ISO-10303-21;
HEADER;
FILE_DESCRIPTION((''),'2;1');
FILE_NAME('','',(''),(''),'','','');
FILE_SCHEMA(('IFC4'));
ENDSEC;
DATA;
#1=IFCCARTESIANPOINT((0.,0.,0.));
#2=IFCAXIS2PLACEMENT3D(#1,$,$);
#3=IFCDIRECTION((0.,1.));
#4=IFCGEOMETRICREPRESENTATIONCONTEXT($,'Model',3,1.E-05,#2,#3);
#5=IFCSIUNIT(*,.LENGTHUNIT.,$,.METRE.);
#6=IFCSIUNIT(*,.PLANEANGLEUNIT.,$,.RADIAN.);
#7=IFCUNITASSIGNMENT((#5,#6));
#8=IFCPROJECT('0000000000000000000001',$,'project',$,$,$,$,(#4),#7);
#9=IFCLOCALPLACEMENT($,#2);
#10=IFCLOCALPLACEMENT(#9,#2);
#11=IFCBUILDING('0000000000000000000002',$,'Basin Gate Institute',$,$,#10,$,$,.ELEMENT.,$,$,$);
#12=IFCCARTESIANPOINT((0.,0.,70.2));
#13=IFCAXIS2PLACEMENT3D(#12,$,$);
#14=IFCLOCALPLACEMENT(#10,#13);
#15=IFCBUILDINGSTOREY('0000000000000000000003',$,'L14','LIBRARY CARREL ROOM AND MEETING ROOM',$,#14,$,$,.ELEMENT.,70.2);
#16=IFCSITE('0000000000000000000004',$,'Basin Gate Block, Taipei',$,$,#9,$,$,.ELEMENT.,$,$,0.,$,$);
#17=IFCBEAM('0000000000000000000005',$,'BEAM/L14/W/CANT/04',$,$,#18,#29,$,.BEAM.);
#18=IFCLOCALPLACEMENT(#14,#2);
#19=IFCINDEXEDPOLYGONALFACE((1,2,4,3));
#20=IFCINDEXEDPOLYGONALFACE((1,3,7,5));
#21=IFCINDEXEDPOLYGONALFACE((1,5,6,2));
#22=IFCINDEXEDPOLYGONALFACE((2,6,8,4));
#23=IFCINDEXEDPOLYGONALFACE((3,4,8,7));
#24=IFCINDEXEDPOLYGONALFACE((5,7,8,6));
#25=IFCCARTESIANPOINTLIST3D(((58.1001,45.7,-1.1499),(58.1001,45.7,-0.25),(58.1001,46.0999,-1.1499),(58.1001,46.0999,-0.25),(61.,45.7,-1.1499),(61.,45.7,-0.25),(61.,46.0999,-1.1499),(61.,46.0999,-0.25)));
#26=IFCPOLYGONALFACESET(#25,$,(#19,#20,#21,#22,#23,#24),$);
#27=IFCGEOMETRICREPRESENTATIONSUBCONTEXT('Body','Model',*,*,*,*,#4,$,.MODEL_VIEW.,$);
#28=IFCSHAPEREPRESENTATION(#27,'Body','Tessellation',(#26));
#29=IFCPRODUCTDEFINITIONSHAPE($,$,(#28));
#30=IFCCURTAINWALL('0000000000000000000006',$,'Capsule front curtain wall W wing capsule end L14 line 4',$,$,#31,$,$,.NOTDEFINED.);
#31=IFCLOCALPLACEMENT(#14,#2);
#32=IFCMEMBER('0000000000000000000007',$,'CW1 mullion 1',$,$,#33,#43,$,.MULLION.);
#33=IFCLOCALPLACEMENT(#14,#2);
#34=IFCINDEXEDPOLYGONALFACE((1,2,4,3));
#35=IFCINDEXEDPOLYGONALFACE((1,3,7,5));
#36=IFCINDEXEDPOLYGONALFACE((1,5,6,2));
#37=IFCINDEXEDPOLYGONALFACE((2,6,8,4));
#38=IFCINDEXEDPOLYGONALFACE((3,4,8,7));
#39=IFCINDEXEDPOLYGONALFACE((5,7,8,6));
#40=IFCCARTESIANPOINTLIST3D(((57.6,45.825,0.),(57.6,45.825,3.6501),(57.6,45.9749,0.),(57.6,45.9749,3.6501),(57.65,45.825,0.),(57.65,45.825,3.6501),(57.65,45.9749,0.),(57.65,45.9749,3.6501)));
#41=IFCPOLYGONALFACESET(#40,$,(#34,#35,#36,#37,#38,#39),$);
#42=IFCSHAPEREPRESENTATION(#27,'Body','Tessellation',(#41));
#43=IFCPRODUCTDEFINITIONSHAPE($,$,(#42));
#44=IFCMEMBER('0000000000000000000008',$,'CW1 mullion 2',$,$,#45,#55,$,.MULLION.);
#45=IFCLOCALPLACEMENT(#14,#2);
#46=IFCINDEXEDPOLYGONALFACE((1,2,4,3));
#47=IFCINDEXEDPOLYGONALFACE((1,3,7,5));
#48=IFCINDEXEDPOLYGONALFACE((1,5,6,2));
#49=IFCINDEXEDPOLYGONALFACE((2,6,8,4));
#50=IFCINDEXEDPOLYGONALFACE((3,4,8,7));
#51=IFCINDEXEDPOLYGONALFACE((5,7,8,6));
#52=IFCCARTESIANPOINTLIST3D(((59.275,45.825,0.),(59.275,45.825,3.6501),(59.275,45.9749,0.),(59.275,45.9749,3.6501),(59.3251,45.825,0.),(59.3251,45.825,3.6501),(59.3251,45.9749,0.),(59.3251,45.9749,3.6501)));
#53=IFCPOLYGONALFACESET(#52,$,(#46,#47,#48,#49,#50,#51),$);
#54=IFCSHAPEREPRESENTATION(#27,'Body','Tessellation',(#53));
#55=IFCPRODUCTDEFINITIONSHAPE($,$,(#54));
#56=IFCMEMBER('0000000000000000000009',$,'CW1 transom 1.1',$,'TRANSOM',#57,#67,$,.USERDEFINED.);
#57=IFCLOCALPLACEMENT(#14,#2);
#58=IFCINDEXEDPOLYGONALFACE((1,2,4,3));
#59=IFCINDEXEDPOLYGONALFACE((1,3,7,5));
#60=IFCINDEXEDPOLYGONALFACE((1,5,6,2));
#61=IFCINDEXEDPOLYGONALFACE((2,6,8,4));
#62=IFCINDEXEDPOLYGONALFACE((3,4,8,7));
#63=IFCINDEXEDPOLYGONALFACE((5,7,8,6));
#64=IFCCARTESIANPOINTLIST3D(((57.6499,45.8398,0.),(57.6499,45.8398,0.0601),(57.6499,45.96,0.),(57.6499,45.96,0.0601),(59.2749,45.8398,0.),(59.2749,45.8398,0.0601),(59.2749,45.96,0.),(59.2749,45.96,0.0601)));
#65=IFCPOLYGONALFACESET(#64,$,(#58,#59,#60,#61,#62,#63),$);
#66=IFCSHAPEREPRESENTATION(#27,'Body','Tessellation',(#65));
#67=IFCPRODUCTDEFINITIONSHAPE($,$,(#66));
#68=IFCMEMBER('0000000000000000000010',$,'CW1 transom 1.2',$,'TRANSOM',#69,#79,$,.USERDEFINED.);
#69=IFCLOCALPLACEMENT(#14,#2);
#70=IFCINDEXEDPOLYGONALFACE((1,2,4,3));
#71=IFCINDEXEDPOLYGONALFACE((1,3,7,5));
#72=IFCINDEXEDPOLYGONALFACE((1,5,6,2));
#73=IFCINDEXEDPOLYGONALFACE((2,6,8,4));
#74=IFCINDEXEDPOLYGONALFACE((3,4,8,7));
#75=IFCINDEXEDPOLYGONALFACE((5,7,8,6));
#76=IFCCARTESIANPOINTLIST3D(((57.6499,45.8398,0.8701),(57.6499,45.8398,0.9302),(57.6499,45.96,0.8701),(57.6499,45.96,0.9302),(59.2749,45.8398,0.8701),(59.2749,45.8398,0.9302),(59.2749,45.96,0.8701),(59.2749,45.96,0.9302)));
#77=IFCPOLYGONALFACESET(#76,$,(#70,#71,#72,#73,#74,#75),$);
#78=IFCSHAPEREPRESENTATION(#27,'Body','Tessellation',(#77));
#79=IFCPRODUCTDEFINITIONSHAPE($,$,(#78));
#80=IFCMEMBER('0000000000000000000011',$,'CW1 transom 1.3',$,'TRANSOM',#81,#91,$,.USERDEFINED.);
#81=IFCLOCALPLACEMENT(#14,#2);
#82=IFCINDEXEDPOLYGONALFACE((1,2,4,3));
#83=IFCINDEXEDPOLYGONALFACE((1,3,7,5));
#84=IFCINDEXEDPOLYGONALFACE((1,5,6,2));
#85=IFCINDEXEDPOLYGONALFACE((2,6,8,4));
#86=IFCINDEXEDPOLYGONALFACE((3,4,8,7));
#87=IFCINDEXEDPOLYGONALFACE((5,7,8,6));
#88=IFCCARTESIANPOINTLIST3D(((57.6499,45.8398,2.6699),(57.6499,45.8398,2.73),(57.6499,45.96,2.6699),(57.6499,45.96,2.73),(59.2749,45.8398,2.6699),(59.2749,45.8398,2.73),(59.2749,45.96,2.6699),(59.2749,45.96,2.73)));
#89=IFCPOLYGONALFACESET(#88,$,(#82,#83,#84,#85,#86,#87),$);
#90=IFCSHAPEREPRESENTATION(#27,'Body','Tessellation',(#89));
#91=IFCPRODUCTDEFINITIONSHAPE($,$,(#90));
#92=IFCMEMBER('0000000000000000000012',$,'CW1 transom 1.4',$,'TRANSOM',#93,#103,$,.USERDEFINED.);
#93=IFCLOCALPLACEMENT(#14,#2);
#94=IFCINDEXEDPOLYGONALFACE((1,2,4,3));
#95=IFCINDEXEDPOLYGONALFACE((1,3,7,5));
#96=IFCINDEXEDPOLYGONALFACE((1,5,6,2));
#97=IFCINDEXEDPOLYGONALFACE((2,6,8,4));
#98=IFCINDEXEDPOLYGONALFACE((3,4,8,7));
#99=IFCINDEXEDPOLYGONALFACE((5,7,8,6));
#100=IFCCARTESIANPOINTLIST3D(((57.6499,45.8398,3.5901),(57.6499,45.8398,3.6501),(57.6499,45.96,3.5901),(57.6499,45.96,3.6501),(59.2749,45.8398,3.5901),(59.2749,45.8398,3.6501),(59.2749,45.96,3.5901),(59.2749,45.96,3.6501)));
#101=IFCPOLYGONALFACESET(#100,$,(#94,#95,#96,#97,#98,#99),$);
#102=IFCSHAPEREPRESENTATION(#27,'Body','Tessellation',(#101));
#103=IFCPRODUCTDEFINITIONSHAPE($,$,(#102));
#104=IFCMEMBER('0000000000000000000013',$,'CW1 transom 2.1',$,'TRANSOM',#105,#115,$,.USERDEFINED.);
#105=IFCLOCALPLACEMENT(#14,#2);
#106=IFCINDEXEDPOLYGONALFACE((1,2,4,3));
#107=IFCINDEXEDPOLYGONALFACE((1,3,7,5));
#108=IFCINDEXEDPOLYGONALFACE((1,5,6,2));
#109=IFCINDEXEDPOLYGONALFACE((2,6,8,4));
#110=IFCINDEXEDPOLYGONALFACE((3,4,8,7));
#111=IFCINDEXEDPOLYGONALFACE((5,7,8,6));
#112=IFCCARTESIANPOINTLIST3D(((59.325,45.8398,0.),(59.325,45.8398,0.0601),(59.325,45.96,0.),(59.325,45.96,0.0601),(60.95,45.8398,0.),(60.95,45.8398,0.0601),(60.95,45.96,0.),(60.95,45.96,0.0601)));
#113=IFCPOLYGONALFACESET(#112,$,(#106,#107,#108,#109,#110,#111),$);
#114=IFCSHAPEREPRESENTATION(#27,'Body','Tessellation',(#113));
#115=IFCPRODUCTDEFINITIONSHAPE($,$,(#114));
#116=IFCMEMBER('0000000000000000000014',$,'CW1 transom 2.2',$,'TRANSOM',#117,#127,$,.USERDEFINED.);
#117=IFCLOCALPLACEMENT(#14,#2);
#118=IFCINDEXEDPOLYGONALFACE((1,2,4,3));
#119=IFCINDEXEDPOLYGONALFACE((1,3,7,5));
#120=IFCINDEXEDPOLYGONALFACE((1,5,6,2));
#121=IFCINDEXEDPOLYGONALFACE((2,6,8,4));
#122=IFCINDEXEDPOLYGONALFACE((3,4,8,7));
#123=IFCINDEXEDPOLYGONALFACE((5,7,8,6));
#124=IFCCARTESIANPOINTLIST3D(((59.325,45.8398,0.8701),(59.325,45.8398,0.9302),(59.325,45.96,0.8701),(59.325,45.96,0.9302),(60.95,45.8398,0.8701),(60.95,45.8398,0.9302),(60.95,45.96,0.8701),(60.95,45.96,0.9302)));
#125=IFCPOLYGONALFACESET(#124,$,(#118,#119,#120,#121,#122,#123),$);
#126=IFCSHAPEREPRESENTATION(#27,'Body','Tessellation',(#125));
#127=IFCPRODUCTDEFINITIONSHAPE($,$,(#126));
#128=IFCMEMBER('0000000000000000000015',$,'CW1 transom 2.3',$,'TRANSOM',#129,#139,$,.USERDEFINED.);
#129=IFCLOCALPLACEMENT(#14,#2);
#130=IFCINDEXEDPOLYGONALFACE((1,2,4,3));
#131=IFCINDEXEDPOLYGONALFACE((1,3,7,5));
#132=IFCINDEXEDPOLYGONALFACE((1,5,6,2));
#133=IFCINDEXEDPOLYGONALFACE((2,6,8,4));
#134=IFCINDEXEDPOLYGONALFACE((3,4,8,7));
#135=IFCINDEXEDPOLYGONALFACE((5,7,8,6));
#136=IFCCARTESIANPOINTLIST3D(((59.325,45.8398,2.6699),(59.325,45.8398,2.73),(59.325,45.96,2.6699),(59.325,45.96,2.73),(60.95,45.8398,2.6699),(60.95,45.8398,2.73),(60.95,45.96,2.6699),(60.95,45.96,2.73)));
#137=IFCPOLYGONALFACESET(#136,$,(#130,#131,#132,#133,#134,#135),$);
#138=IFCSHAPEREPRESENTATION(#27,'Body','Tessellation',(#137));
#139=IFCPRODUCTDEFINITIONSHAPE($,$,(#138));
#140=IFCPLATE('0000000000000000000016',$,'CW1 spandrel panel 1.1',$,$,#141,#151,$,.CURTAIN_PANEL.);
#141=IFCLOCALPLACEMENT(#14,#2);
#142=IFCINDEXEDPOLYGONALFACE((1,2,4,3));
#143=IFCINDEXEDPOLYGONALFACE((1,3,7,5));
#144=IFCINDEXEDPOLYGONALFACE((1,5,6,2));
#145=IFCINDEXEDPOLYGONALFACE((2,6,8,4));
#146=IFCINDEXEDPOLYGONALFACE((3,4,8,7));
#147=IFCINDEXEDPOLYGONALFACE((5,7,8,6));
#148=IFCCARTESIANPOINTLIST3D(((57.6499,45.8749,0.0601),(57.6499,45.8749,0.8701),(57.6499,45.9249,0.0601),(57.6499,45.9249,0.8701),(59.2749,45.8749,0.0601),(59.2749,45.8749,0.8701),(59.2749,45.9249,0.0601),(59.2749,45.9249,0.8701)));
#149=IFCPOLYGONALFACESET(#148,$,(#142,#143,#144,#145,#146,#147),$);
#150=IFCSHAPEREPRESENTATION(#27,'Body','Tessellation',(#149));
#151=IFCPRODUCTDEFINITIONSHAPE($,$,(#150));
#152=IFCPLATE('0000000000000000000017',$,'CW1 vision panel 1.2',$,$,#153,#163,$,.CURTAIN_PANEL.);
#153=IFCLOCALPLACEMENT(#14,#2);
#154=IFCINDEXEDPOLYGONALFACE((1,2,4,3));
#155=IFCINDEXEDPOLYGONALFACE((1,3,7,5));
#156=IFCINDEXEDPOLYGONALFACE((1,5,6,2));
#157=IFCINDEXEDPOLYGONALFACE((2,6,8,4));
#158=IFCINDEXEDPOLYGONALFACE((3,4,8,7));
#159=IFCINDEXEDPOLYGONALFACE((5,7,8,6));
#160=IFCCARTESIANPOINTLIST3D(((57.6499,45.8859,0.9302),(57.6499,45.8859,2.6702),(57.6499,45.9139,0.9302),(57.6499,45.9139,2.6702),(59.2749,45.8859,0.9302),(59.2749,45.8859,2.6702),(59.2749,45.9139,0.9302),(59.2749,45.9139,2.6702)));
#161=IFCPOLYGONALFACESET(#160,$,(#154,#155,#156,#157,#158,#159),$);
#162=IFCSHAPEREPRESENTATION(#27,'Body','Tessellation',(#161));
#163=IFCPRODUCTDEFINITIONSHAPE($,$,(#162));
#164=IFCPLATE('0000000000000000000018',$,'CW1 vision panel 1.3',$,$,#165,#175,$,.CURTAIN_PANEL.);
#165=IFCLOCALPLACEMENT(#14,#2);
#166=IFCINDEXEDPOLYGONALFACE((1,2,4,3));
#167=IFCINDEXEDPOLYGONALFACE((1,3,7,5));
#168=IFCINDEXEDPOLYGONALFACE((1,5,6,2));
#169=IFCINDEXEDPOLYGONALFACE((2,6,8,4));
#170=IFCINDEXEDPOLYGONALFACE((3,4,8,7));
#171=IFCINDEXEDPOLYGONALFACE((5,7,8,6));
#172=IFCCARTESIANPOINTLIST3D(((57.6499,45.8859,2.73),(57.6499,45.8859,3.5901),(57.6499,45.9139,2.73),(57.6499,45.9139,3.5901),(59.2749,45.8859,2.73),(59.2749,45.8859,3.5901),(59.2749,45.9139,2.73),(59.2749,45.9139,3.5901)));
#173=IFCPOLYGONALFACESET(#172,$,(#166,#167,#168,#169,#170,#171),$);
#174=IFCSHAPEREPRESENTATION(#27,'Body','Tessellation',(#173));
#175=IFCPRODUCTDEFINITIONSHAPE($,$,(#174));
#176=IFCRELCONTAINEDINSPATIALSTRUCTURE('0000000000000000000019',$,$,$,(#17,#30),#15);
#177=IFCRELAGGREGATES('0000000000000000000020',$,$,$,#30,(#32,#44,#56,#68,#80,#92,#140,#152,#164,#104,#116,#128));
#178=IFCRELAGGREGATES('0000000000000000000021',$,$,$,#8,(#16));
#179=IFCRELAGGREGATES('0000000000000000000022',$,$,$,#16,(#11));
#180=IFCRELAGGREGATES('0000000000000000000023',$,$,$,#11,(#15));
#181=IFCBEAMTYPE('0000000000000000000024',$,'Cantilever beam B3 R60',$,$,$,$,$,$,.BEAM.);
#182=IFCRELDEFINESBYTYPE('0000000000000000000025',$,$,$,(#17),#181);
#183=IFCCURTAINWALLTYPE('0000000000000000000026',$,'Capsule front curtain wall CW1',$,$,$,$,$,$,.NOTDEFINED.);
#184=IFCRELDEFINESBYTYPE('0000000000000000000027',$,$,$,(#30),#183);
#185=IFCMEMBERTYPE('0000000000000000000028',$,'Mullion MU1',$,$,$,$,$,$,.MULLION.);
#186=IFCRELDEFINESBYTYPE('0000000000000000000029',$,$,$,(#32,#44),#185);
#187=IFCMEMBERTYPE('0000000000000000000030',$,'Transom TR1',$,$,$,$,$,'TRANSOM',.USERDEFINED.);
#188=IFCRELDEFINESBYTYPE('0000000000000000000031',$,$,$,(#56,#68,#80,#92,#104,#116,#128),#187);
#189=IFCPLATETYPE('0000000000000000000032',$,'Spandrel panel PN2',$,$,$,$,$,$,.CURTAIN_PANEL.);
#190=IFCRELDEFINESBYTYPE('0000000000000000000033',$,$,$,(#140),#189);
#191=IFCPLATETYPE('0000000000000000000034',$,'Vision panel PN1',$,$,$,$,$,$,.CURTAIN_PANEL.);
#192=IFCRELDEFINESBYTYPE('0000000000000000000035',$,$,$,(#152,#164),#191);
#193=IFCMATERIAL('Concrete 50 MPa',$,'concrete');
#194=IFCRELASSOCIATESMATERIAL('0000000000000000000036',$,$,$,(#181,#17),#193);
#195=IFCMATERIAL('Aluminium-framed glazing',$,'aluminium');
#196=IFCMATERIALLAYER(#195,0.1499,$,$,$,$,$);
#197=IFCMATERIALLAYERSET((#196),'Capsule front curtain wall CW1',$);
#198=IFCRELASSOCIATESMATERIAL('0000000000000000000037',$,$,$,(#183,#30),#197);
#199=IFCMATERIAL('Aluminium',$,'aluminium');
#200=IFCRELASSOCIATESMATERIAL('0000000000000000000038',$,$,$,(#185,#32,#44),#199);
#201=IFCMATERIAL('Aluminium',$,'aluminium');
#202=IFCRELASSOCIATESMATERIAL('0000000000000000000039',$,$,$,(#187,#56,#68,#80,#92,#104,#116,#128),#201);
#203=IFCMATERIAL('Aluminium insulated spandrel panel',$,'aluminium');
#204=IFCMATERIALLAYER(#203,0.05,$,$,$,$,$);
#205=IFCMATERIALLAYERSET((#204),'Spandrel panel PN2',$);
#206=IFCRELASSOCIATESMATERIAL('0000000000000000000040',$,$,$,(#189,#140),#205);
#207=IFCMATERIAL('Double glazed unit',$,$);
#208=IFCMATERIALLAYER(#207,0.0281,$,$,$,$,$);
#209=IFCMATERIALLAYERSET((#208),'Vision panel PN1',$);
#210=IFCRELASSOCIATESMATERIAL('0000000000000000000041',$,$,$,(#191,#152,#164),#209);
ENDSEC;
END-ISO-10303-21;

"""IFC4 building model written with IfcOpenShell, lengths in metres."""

from ifc_helpers import new_model, si_unit, direction, frame, origin, origin_2d, place, context, subcontext, project, spatial, rectangle, extrude, material, layer, layer_set, material_profile, profile_set, type_object, element, aggregate, save


model = new_model("IFC4")

# Units and contexts
model_context = context("Model", 3, precision=1e-05, world=origin(), true_north=direction((0.0, 1.0)))
body_context = subcontext(model_context, "Body", "Model", "MODEL_VIEW")
ifc_project = project(units=[si_unit("LENGTHUNIT", "METRE"), si_unit("PLANEANGLEUNIT", "RADIAN")], contexts=[model_context])

# Site, building, storey
site_placement = place(None, origin())
site = spatial("IfcSite", under=ifc_project, at=site_placement, Name="Basin Gate Block, Taipei", CompositionType="ELEMENT", RefElevation=0.0)
building_placement = place(site_placement, origin())
building = spatial("IfcBuilding", under=site, at=building_placement, Name="Basin Gate Institute", CompositionType="ELEMENT")
storey_placement = place(building_placement, frame((0.0, 0.0, 70.2)))
storey = spatial("IfcBuildingStorey", under=building, at=storey_placement, Name="L14", Description="LIBRARY CARREL ROOM AND MEETING ROOM", CompositionType="ELEMENT", Elevation=70.2)

# Beam
ifc_material_1 = material(Name="Concrete 50 MPa", Category="concrete")
ifc_material_profile_1 = material_profile(ifc_material_1, rectangle(XDim=0.3999, YDim=0.8999, at=origin_2d()), Name="Cantilever beam B3 400 x 900")
ifc_profile_set_1 = profile_set([ifc_material_profile_1], Name="Concrete 50 MPa")
beam_type = type_object("IfcBeamType", Name="Cantilever beam B3 R60", PredefinedType="BEAM", material=ifc_profile_set_1)
beam_placement = place(storey_placement, frame((58.1001, 45.8999, -0.7), z_axis=(1.0, 0.0, 0.0), x_axis=(0.0, 1.0, 0.0)))
element("IfcBeam", 1, at=beam_placement, inside=storey, type_object=beam_type, material=ifc_profile_set_1, Name="BEAM/L14/W/CANT/04", PredefinedType="BEAM", context=body_context, shape_type="SweptSolid", body=[
    extrude(rectangle(XDim=0.3999, YDim=0.8999, at=origin_2d()), origin(), (0.0, 0.0, 1.0), 2.8999),
])

# Curtain wall, members, plates
ifc_material_2 = material(Name="Aluminium-framed glazing", Category="aluminium")
ifc_layer_1 = layer(ifc_material_2, 0.1499)
ifc_layer_set_1 = layer_set([ifc_layer_1], Name="Capsule front curtain wall CW1")
curtain_wall_type = type_object("IfcCurtainWallType", Name="Capsule front curtain wall CW1", PredefinedType="NOTDEFINED", material=ifc_layer_set_1)
curtain_wall_placement = place(storey_placement, origin())
curtain_wall = element("IfcCurtainWall", 2, at=curtain_wall_placement, inside=storey, type_object=curtain_wall_type, material=ifc_layer_set_1, Name="Capsule front curtain wall W wing capsule end L14 line 4", PredefinedType="NOTDEFINED")
ifc_material_3 = material(Name="Aluminium", Category="aluminium")
ifc_material_profile_2 = material_profile(ifc_material_3, rectangle(XDim=0.1499, YDim=0.05, at=origin_2d()), Name="Mullion MU1 150 x 50")
ifc_profile_set_2 = profile_set([ifc_material_profile_2], Name="Aluminium")
member_type_1 = type_object("IfcMemberType", Name="Mullion MU1", PredefinedType="MULLION", material=ifc_profile_set_2)
member_1_placement = place(storey_placement, frame((57.625, 45.8999, 0.0), z_axis=(0.0, 0.0, 1.0), x_axis=(0.0, 1.0, 0.0)))
member_1 = element("IfcMember", 3, at=member_1_placement, type_object=member_type_1, material=ifc_profile_set_2, Name="CW1 mullion 1", PredefinedType="MULLION", context=body_context, shape_type="SweptSolid", body=[
    extrude(rectangle(XDim=0.1499, YDim=0.05, at=origin_2d()), origin(), (0.0, 0.0, 1.0), 3.6501),
])
member_2_placement = place(storey_placement, frame((59.3, 45.8999, 0.0), z_axis=(0.0, 0.0, 1.0), x_axis=(0.0, 1.0, 0.0)))
member_2 = element("IfcMember", 4, at=member_2_placement, type_object=member_type_1, material=ifc_profile_set_2, Name="CW1 mullion 2", PredefinedType="MULLION", context=body_context, shape_type="SweptSolid", body=[
    extrude(rectangle(XDim=0.1499, YDim=0.05, at=origin_2d()), origin(), (0.0, 0.0, 1.0), 3.6501),
])
ifc_material_4 = material(Name="Aluminium", Category="aluminium")
ifc_material_profile_3 = material_profile(ifc_material_4, rectangle(XDim=0.1201, YDim=0.0601, at=origin_2d()), Name="Transom TR1 120 x 60")
ifc_profile_set_3 = profile_set([ifc_material_profile_3], Name="Aluminium")
member_type_2 = type_object("IfcMemberType", Name="Transom TR1", ElementType="TRANSOM", PredefinedType="USERDEFINED", material=ifc_profile_set_3)
member_3_placement = place(storey_placement, frame((57.6499, 45.8999, 0.03), z_axis=(1.0, 0.0, 0.0), x_axis=(0.0, 1.0, 0.0)))
member_3 = element("IfcMember", 5, at=member_3_placement, type_object=member_type_2, material=ifc_profile_set_3, Name="CW1 transom 1.1", ObjectType="TRANSOM", PredefinedType="USERDEFINED", context=body_context, shape_type="SweptSolid", body=[
    extrude(rectangle(XDim=0.1201, YDim=0.0601, at=origin_2d()), origin(), (0.0, 0.0, 1.0), 1.625),
])
member_4_placement = place(storey_placement, frame((57.6499, 45.8999, 0.9001), z_axis=(1.0, 0.0, 0.0), x_axis=(0.0, 1.0, 0.0)))
member_4 = element("IfcMember", 6, at=member_4_placement, type_object=member_type_2, material=ifc_profile_set_3, Name="CW1 transom 1.2", ObjectType="TRANSOM", PredefinedType="USERDEFINED", context=body_context, shape_type="SweptSolid", body=[
    extrude(rectangle(XDim=0.1201, YDim=0.0601, at=origin_2d()), origin(), (0.0, 0.0, 1.0), 1.625),
])
member_5_placement = place(storey_placement, frame((57.6499, 45.8999, 2.7), z_axis=(1.0, 0.0, 0.0), x_axis=(0.0, 1.0, 0.0)))
member_5 = element("IfcMember", 7, at=member_5_placement, type_object=member_type_2, material=ifc_profile_set_3, Name="CW1 transom 1.3", ObjectType="TRANSOM", PredefinedType="USERDEFINED", context=body_context, shape_type="SweptSolid", body=[
    extrude(rectangle(XDim=0.1201, YDim=0.0601, at=origin_2d()), origin(), (0.0, 0.0, 1.0), 1.625),
])
member_6_placement = place(storey_placement, frame((57.6499, 45.8999, 3.6201), z_axis=(1.0, 0.0, 0.0), x_axis=(0.0, 1.0, 0.0)))
member_6 = element("IfcMember", 8, at=member_6_placement, type_object=member_type_2, material=ifc_profile_set_3, Name="CW1 transom 1.4", ObjectType="TRANSOM", PredefinedType="USERDEFINED", context=body_context, shape_type="SweptSolid", body=[
    extrude(rectangle(XDim=0.1201, YDim=0.0601, at=origin_2d()), origin(), (0.0, 0.0, 1.0), 1.625),
])
member_7_placement = place(storey_placement, frame((59.325, 45.8999, 0.03), z_axis=(1.0, 0.0, 0.0), x_axis=(0.0, 1.0, 0.0)))
member_7 = element("IfcMember", 9, at=member_7_placement, type_object=member_type_2, material=ifc_profile_set_3, Name="CW1 transom 2.1", ObjectType="TRANSOM", PredefinedType="USERDEFINED", context=body_context, shape_type="SweptSolid", body=[
    extrude(rectangle(XDim=0.1201, YDim=0.0601, at=origin_2d()), origin(), (0.0, 0.0, 1.0), 1.625),
])
member_8_placement = place(storey_placement, frame((59.325, 45.8999, 0.9001), z_axis=(1.0, 0.0, 0.0), x_axis=(0.0, 1.0, 0.0)))
member_8 = element("IfcMember", 10, at=member_8_placement, type_object=member_type_2, material=ifc_profile_set_3, Name="CW1 transom 2.2", ObjectType="TRANSOM", PredefinedType="USERDEFINED", context=body_context, shape_type="SweptSolid", body=[
    extrude(rectangle(XDim=0.1201, YDim=0.0601, at=origin_2d()), origin(), (0.0, 0.0, 1.0), 1.625),
])
member_9_placement = place(storey_placement, frame((59.325, 45.8999, 2.7), z_axis=(1.0, 0.0, 0.0), x_axis=(0.0, 1.0, 0.0)))
member_9 = element("IfcMember", 11, at=member_9_placement, type_object=member_type_2, material=ifc_profile_set_3, Name="CW1 transom 2.3", ObjectType="TRANSOM", PredefinedType="USERDEFINED", context=body_context, shape_type="SweptSolid", body=[
    extrude(rectangle(XDim=0.1201, YDim=0.0601, at=origin_2d()), origin(), (0.0, 0.0, 1.0), 1.625),
])
ifc_material_5 = material(Name="Aluminium insulated spandrel panel", Category="aluminium")
ifc_layer_2 = layer(ifc_material_5, 0.05)
ifc_layer_set_2 = layer_set([ifc_layer_2], Name="Spandrel panel PN2")
plate_type_1 = type_object("IfcPlateType", Name="Spandrel panel PN2", PredefinedType="CURTAIN_PANEL", material=ifc_layer_set_2)
plate_1_placement = place(storey_placement, frame((58.4624, 45.8999, 0.0601), z_axis=(0.0, 0.0, 1.0), x_axis=(1.0, 0.0, 0.0)))
plate_1 = element("IfcPlate", 12, at=plate_1_placement, type_object=plate_type_1, material=ifc_layer_set_2, Name="CW1 spandrel panel 1.1", PredefinedType="CURTAIN_PANEL", context=body_context, shape_type="SweptSolid", body=[
    extrude(rectangle(XDim=1.625, YDim=0.05, at=origin_2d()), origin(), (0.0, 0.0, 1.0), 0.8101),
])
ifc_material_6 = material(Name="Double glazed unit")
ifc_layer_3 = layer(ifc_material_6, 0.0281)
ifc_layer_set_3 = layer_set([ifc_layer_3], Name="Vision panel PN1")
plate_type_2 = type_object("IfcPlateType", Name="Vision panel PN1", PredefinedType="CURTAIN_PANEL", material=ifc_layer_set_3)
plate_2_placement = place(storey_placement, frame((58.4624, 45.8999, 0.9302), z_axis=(0.0, 0.0, 1.0), x_axis=(1.0, 0.0, 0.0)))
plate_2 = element("IfcPlate", 13, at=plate_2_placement, type_object=plate_type_2, material=ifc_layer_set_3, Name="CW1 vision panel 1.2", PredefinedType="CURTAIN_PANEL", context=body_context, shape_type="SweptSolid", body=[
    extrude(rectangle(XDim=1.625, YDim=0.0281, at=origin_2d()), origin(), (0.0, 0.0, 1.0), 1.74),
])
plate_3_placement = place(storey_placement, frame((58.4624, 45.8999, 2.73), z_axis=(0.0, 0.0, 1.0), x_axis=(1.0, 0.0, 0.0)))
plate_3 = element("IfcPlate", 14, at=plate_3_placement, type_object=plate_type_2, material=ifc_layer_set_3, Name="CW1 vision panel 1.3", PredefinedType="CURTAIN_PANEL", context=body_context, shape_type="SweptSolid", body=[
    extrude(rectangle(XDim=1.625, YDim=0.0281, at=origin_2d()), origin(), (0.0, 0.0, 1.0), 0.8601),
])
aggregate(curtain_wall, [member_1, member_2, member_3, member_4, member_5, member_6, plate_1, plate_2, plate_3, member_7, member_8, member_9])

save(model, "model.ifc")
